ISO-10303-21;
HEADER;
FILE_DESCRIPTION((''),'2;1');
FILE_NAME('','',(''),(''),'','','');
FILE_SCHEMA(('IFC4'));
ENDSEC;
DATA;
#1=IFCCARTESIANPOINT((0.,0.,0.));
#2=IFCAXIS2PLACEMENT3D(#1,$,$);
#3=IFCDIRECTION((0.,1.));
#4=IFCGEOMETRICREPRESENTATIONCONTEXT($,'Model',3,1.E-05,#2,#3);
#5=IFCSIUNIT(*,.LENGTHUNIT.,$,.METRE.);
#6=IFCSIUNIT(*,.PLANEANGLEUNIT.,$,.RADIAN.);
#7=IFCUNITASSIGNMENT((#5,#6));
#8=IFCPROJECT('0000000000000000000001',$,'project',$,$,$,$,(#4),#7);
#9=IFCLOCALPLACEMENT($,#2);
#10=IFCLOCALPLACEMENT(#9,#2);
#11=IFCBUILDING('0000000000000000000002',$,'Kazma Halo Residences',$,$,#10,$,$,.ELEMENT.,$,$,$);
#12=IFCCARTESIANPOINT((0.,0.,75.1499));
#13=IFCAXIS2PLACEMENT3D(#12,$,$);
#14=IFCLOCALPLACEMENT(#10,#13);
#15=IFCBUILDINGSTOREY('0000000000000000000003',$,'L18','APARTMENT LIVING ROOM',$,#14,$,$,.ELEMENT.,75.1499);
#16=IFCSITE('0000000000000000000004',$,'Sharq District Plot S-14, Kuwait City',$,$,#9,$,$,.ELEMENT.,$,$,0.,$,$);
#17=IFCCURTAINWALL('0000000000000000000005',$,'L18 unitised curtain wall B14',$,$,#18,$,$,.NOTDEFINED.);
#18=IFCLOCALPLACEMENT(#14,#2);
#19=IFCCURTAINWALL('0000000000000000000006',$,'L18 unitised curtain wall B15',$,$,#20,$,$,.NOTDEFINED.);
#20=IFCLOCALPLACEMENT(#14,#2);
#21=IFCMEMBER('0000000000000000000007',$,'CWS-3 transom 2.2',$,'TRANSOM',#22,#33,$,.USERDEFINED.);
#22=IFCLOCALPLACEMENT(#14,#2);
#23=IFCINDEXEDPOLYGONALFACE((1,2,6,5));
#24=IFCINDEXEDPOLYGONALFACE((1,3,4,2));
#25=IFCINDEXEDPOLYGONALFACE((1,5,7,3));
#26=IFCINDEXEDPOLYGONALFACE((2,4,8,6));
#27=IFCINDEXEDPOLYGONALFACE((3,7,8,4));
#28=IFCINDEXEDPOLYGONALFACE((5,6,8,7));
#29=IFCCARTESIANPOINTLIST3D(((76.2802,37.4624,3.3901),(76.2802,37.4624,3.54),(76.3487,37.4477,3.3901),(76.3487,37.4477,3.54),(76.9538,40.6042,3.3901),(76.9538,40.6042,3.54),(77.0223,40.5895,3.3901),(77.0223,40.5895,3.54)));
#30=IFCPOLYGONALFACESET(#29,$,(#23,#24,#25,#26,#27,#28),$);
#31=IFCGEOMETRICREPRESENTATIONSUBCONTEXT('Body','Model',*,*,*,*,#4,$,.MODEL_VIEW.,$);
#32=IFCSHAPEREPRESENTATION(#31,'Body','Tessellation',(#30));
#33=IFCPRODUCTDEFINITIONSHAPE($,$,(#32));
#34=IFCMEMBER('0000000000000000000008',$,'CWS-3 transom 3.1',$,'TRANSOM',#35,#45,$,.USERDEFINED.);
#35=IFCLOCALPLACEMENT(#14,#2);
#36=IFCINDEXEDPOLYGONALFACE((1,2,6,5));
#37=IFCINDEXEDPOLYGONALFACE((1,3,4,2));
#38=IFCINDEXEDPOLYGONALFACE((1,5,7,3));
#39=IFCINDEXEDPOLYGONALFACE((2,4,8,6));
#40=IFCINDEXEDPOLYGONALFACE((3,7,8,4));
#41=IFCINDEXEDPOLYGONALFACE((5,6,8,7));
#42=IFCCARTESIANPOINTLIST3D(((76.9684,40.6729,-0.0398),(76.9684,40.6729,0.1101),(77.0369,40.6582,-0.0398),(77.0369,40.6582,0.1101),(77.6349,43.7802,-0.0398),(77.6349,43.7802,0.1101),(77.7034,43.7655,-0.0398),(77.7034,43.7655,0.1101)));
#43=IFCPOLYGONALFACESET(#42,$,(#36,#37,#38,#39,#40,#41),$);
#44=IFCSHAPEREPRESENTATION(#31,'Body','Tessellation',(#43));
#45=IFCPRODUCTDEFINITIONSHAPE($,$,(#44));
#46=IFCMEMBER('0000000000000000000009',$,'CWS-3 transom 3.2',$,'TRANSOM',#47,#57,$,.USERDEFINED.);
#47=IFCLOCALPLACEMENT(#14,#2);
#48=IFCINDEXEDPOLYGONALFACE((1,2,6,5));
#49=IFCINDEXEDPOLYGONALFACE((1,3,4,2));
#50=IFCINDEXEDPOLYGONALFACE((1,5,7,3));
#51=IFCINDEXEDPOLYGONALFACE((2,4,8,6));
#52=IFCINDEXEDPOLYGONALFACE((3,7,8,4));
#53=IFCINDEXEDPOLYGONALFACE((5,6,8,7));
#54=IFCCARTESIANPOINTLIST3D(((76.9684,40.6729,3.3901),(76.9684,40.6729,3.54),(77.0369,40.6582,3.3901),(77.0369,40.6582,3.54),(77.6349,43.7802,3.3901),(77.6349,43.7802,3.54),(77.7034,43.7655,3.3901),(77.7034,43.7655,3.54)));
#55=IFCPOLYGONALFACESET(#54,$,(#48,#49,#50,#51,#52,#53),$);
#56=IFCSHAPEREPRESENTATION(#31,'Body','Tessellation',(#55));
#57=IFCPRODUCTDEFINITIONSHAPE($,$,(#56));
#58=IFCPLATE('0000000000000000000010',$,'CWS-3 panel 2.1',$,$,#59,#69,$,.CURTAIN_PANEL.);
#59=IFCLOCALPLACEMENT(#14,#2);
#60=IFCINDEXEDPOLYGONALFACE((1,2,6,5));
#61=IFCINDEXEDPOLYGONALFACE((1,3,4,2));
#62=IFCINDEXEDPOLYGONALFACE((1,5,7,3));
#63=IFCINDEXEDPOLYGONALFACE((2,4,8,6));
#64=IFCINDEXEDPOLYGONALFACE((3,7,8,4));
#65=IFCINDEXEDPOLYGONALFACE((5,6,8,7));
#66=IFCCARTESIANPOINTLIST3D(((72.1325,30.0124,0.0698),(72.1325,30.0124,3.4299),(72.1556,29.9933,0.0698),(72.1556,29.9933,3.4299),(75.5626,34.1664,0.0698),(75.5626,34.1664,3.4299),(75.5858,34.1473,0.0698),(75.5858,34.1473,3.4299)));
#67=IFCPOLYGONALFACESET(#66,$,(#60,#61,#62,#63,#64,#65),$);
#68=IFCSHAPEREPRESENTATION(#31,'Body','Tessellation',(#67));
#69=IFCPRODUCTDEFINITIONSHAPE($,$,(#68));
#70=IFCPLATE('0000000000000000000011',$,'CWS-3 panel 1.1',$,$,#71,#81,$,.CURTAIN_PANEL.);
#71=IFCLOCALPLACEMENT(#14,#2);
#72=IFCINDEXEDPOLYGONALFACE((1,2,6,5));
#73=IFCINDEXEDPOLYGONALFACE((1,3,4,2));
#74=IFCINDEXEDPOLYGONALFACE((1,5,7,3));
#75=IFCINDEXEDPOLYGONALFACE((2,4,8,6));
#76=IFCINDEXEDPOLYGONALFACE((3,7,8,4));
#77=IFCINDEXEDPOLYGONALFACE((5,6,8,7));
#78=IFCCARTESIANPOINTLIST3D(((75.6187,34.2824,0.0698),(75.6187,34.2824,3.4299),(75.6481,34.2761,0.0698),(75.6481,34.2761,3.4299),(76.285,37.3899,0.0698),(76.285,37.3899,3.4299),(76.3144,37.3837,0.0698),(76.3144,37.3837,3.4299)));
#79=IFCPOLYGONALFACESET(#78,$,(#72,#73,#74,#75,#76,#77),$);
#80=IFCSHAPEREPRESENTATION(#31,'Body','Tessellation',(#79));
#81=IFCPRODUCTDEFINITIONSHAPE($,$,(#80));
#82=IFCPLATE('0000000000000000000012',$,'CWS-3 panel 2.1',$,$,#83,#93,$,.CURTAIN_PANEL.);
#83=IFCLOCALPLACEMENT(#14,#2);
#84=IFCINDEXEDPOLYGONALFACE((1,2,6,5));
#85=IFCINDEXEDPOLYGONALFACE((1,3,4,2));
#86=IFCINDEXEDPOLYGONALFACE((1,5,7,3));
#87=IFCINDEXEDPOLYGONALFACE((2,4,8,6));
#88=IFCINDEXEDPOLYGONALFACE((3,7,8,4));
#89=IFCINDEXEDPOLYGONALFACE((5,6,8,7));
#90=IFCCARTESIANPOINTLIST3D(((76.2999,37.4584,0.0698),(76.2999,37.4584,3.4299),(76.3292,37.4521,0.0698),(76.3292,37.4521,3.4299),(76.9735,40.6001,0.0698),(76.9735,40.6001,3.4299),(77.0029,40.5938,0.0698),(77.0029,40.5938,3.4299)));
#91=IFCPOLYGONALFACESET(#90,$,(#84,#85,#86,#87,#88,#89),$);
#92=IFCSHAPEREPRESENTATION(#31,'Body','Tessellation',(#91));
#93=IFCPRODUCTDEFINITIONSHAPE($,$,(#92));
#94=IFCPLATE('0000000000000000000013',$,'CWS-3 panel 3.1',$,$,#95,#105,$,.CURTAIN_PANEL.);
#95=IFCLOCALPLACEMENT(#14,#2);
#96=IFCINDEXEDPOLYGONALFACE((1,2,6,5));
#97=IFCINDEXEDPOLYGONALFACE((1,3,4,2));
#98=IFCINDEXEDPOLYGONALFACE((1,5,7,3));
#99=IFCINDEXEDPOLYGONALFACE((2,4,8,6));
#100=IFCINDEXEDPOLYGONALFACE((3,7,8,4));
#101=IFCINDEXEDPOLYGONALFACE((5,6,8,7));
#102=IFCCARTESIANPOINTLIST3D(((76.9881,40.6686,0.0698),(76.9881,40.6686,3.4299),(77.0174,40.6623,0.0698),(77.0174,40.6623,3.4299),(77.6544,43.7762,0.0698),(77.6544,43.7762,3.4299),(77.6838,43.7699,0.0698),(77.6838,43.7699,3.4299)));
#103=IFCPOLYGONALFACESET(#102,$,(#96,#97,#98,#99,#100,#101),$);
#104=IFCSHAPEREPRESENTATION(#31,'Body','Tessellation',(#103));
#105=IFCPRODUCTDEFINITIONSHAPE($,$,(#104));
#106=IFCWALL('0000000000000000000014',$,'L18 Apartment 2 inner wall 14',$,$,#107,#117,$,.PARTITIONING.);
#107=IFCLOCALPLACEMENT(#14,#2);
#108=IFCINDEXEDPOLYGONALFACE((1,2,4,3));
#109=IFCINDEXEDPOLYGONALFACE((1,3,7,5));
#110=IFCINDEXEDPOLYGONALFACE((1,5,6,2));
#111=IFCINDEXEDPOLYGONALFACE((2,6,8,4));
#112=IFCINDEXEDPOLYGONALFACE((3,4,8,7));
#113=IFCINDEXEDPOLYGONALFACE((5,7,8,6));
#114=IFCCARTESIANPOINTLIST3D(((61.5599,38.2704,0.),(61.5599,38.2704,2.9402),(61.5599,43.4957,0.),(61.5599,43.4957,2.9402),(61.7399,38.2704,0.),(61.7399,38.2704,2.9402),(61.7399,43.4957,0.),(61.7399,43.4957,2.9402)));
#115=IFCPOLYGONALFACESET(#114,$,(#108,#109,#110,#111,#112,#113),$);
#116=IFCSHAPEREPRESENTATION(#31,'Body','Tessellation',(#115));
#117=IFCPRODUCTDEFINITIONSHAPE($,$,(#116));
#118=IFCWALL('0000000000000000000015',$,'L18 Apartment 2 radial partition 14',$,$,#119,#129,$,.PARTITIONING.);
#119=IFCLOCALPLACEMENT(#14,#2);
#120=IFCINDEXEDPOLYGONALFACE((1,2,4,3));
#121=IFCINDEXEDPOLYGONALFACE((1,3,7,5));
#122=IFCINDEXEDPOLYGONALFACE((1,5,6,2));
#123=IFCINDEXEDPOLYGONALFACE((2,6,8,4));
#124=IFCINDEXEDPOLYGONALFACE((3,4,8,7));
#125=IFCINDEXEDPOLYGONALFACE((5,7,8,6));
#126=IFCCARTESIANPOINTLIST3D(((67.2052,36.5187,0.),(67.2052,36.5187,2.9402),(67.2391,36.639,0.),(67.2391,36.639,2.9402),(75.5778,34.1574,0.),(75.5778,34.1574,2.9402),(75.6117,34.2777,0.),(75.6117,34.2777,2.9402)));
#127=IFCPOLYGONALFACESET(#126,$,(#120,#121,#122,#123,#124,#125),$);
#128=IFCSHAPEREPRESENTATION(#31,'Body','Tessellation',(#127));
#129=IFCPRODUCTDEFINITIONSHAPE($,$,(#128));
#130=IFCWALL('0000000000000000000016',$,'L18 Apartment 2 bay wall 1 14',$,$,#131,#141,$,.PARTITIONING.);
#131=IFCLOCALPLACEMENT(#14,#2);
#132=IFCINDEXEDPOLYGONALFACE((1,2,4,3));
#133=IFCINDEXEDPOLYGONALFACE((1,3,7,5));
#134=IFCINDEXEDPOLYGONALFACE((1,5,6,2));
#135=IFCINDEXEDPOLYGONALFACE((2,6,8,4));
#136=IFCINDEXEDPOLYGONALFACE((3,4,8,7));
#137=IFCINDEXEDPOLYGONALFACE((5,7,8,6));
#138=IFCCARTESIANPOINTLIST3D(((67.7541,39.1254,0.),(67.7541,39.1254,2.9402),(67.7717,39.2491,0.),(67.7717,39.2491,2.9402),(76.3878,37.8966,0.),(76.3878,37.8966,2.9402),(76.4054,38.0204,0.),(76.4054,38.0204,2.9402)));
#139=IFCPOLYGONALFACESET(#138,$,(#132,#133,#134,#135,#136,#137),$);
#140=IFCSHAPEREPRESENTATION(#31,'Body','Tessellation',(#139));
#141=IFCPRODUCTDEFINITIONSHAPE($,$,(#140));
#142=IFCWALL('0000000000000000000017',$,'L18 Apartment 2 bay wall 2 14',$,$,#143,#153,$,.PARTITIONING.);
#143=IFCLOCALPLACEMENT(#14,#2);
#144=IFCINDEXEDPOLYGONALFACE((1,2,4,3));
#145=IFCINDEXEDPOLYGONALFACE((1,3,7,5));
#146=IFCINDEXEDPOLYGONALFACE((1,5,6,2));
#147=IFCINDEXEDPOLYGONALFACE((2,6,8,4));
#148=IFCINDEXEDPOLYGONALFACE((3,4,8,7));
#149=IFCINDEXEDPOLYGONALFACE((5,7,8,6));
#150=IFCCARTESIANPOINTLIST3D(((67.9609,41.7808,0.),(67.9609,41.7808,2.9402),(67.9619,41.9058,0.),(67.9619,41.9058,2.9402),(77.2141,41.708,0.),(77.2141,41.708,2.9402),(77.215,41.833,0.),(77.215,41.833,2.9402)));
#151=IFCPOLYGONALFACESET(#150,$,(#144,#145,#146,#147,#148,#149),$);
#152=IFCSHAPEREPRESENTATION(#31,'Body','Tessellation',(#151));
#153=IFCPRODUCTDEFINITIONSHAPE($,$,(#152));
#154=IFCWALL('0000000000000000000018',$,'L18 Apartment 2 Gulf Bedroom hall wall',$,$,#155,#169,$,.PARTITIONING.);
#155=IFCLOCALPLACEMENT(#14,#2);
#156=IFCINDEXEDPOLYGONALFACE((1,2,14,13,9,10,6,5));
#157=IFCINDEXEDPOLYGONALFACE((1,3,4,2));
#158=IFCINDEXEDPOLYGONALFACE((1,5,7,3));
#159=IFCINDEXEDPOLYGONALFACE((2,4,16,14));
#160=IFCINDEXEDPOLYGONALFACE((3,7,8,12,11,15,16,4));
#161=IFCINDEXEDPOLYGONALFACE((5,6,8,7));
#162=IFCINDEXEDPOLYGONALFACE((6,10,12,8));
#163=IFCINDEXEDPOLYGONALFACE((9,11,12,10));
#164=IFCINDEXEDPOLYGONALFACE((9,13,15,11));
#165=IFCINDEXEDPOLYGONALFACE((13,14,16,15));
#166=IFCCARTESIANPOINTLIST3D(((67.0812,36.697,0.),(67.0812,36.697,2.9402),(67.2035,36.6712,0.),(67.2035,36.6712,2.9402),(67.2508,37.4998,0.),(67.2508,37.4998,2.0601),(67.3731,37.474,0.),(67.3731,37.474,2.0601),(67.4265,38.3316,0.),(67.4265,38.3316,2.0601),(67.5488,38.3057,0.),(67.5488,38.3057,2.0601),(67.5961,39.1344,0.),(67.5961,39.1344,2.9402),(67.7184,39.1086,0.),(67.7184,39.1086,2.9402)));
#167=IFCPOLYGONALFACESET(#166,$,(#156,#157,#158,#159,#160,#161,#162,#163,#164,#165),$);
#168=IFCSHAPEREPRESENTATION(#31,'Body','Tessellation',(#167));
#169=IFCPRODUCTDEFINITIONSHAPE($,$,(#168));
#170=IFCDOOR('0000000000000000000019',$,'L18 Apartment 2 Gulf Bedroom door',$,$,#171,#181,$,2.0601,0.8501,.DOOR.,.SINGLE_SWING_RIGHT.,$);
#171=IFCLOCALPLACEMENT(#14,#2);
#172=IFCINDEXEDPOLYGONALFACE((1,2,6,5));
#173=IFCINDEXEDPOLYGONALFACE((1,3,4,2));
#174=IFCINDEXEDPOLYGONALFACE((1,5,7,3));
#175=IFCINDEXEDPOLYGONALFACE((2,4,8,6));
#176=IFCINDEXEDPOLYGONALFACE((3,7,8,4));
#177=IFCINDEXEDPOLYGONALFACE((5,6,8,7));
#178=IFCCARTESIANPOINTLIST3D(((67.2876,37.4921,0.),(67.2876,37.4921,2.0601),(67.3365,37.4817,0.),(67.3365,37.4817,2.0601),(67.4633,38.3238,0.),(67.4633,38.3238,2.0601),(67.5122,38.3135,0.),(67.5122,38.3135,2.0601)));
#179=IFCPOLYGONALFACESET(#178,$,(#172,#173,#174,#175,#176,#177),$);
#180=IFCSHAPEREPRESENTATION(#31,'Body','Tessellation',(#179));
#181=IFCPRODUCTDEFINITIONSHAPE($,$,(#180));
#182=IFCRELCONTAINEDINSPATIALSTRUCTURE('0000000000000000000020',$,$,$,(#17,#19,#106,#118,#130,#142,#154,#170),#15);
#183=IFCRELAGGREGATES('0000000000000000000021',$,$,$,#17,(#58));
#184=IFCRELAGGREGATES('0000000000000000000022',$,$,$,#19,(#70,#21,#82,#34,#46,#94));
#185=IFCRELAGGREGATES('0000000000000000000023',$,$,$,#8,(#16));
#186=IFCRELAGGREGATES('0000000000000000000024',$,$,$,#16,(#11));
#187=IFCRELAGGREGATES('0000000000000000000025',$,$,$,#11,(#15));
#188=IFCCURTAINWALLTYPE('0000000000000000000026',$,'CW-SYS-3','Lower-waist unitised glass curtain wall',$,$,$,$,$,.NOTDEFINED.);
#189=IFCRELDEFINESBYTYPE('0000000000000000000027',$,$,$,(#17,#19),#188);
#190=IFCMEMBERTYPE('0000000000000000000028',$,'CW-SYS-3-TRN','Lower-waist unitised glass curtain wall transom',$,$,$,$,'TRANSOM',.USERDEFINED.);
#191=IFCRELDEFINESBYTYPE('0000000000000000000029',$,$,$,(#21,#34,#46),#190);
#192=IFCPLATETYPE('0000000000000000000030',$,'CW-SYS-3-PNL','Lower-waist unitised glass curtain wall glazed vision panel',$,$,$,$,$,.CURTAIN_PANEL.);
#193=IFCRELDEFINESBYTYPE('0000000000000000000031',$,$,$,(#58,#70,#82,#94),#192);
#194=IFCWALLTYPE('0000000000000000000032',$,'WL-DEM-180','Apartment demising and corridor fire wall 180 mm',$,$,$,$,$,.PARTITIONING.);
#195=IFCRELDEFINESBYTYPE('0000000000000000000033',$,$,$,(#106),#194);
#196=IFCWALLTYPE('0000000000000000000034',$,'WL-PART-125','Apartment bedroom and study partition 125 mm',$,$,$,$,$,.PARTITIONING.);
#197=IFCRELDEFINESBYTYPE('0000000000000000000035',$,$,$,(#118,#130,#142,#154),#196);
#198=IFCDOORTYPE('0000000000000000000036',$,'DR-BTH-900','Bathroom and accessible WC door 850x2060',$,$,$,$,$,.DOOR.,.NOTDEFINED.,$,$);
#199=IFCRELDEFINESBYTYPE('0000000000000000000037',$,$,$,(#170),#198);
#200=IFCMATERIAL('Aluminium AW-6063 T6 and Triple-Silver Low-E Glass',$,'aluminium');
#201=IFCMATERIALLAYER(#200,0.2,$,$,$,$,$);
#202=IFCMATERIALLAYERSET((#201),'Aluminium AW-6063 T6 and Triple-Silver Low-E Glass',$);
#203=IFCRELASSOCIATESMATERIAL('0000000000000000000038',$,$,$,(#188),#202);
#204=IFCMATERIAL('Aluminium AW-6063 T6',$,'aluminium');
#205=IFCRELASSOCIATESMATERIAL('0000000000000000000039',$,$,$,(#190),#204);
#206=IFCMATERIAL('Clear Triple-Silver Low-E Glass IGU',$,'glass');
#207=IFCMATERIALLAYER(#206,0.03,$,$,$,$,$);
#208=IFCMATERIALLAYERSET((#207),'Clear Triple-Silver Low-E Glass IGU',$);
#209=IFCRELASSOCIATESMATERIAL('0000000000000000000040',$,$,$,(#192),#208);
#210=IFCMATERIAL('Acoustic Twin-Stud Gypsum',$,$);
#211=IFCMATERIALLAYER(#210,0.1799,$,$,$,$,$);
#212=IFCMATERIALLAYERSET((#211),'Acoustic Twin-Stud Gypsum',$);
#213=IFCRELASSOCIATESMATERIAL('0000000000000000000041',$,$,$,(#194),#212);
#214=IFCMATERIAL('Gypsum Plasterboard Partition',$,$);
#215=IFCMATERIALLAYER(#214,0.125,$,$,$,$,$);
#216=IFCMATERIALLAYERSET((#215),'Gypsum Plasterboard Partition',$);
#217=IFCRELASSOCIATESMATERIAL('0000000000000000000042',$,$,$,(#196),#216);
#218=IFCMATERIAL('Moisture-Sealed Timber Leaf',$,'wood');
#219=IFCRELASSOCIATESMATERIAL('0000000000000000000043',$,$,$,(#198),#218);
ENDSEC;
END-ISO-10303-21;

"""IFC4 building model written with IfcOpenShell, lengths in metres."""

from ifc_helpers import new_model, si_unit, direction, frame, frame_2d, origin, origin_2d, place, context, subcontext, project, spatial, rectangle, extrude, material, layer, layer_set, material_profile, profile_set, type_object, element, fill, aggregate, save


model = new_model("IFC4")

# Units and contexts
model_context = context("Model", 3, precision=1e-05, world=origin(), true_north=direction((0.0, 1.0)))
body_context = subcontext(model_context, "Body", "Model", "MODEL_VIEW")
ifc_project = project(units=[si_unit("LENGTHUNIT", "METRE"), si_unit("PLANEANGLEUNIT", "RADIAN")], contexts=[model_context])

# Site, building, storey
site_placement = place(None, origin())
site = spatial("IfcSite", under=ifc_project, at=site_placement, Name="Sharq District Plot S-14, Kuwait City", CompositionType="ELEMENT", RefElevation=0.0)
building_placement = place(site_placement, origin())
building = spatial("IfcBuilding", under=site, at=building_placement, Name="Kazma Halo Residences", CompositionType="ELEMENT")
storey_placement = place(building_placement, frame((0.0, 0.0, 75.1499)))
storey = spatial("IfcBuildingStorey", under=building, at=storey_placement, Name="L18", Description="APARTMENT LIVING ROOM", CompositionType="ELEMENT", Elevation=75.1499)

# Curtain wall
ifc_material_1 = material(Name="Aluminium AW-6063 T6 and Triple-Silver Low-E Glass", Category="aluminium")
ifc_layer_1 = layer(ifc_material_1, 0.2)
ifc_layer_set_1 = layer_set([ifc_layer_1], Name="Aluminium AW-6063 T6 and Triple-Silver Low-E Glass")
curtain_wall_type = type_object("IfcCurtainWallType", Name="CW-SYS-3", Description="Lower-waist unitised glass curtain wall", PredefinedType="NOTDEFINED", material=ifc_layer_set_1)
curtain_wall_1_placement = place(storey_placement, origin())
curtain_wall_1 = element("IfcCurtainWall", 1, at=curtain_wall_1_placement, inside=storey, type_object=curtain_wall_type, Name="L18 unitised curtain wall B14", PredefinedType="NOTDEFINED")
ifc_material_2 = material(Name="Aluminium AW-6063 T6", Category="aluminium")

# Curtain wall, members
curtain_wall_2_placement = place(storey_placement, origin())
curtain_wall_2 = element("IfcCurtainWall", 2, at=curtain_wall_2_placement, inside=storey, type_object=curtain_wall_type, Name="L18 unitised curtain wall B15", PredefinedType="NOTDEFINED")
ifc_material_profile_1 = material_profile(ifc_material_2, rectangle(XDim=0.0701, YDim=0.1499, at=origin_2d()), Name="CWT-70x150")
ifc_profile_set_1 = profile_set([ifc_material_profile_1], Name="Aluminium AW-6063 T6")
member_type_1 = type_object("IfcMemberType", Name="CW-SYS-3-TRN", Description="Lower-waist unitised glass curtain wall transom", ElementType="TRANSOM", PredefinedType="USERDEFINED", material=ifc_profile_set_1)
member_1_placement = place(storey_placement, frame((76.3145, 37.4551, 3.4651), z_axis=(0.209628, 0.977781, 0.0), x_axis=(-0.977781, 0.209628, 0.0)))
member_1 = element("IfcMember", 3, at=member_1_placement, type_object=member_type_1, Name="CWS-3 transom 2.2", ObjectType="TRANSOM", PredefinedType="USERDEFINED", context=body_context, shape_type="SweptSolid", body=[
    extrude(rectangle(XDim=0.0701, YDim=0.1499, at=origin_2d()), origin(), (0.0, 0.0, 1.0), 3.2131),
])
member_2_placement = place(storey_placement, frame((77.0027, 40.6655, 0.0352), z_axis=(0.209718, 0.977762, 0.0), x_axis=(-0.977762, 0.209718, 0.0)))
member_2 = element("IfcMember", 4, at=member_2_placement, type_object=member_type_1, Name="CWS-3 transom 3.1", ObjectType="TRANSOM", PredefinedType="USERDEFINED", context=body_context, shape_type="SweptSolid", body=[
    extrude(rectangle(XDim=0.0701, YDim=0.1499, at=origin_2d()), origin(), (0.0, 0.0, 1.0), 3.178),
])
member_3_placement = place(storey_placement, frame((77.0027, 40.6655, 3.4651), z_axis=(0.209718, 0.977762, 0.0), x_axis=(-0.977762, 0.209718, 0.0)))
member_3 = element("IfcMember", 5, at=member_3_placement, type_object=member_type_1, Name="CWS-3 transom 3.2", ObjectType="TRANSOM", PredefinedType="USERDEFINED", context=body_context, shape_type="SweptSolid", body=[
    extrude(rectangle(XDim=0.0701, YDim=0.1499, at=origin_2d()), origin(), (0.0, 0.0, 1.0), 3.178),
])

# Plates
ifc_material_3 = material(Name="Clear Triple-Silver Low-E Glass IGU", Category="glass")
ifc_layer_2 = layer(ifc_material_3, 0.03)
ifc_layer_set_2 = layer_set([ifc_layer_2], Name="Clear Triple-Silver Low-E Glass IGU")
plate_type = type_object("IfcPlateType", Name="CW-SYS-3-PNL", Description="Lower-waist unitised glass curtain wall glazed vision panel", PredefinedType="CURTAIN_PANEL", material=ifc_layer_set_2)
plate_1_placement = place(storey_placement, frame((73.8591, 32.0798, 0.0698), z_axis=(0.0, 0.0, 1.0), x_axis=(0.636721, 0.771095, 0.0)))
plate_1 = element("IfcPlate", 6, at=plate_1_placement, type_object=plate_type, Name="CWS-3 panel 2.1", PredefinedType="CURTAIN_PANEL", context=body_context, shape_type="SweptSolid", body=[
    extrude(rectangle(XDim=5.3872, YDim=0.03, at=origin_2d()), origin(), (0.0, 0.0, 1.0), 3.3601),
])
aggregate(curtain_wall_1, [plate_1])
plate_2_placement = place(storey_placement, frame((75.9666, 35.833, 0.0698), z_axis=(0.0, 0.0, 1.0), x_axis=(0.209661, 0.977774, 0.0)))
plate_2 = element("IfcPlate", 7, at=plate_2_placement, type_object=plate_type, Name="CWS-3 panel 1.1", PredefinedType="CURTAIN_PANEL", context=body_context, shape_type="SweptSolid", body=[
    extrude(rectangle(XDim=3.1782, YDim=0.03, at=origin_2d()), origin(), (0.0, 0.0, 1.0), 3.3601),
])
plate_3_placement = place(storey_placement, frame((76.6514, 39.0261, 0.0698), z_axis=(0.0, 0.0, 1.0), x_axis=(0.209661, 0.977774, 0.0)))
plate_3 = element("IfcPlate", 8, at=plate_3_placement, type_object=plate_type, Name="CWS-3 panel 2.1", PredefinedType="CURTAIN_PANEL", context=body_context, shape_type="SweptSolid", body=[
    extrude(rectangle(XDim=3.2131, YDim=0.03, at=origin_2d()), origin(), (0.0, 0.0, 1.0), 3.3601),
])
plate_4_placement = place(storey_placement, frame((77.3359, 42.2192, 0.0698), z_axis=(0.0, 0.0, 1.0), x_axis=(0.209661, 0.977774, 0.0)))
plate_4 = element("IfcPlate", 9, at=plate_4_placement, type_object=plate_type, Name="CWS-3 panel 3.1", PredefinedType="CURTAIN_PANEL", context=body_context, shape_type="SweptSolid", body=[
    extrude(rectangle(XDim=3.1782, YDim=0.03, at=origin_2d()), origin(), (0.0, 0.0, 1.0), 3.3601),
])
aggregate(curtain_wall_2, [plate_2, member_1, plate_3, member_2, member_3, plate_4])

# Walls
ifc_material_4 = material(Name="Acoustic Twin-Stud Gypsum")
ifc_layer_3 = layer(ifc_material_4, 0.1799)
ifc_layer_set_3 = layer_set([ifc_layer_3], Name="Acoustic Twin-Stud Gypsum")
wall_type_1 = type_object("IfcWallType", Name="WL-DEM-180", Description="Apartment demising and corridor fire wall 180 mm", PredefinedType="PARTITIONING", material=ifc_layer_set_3)
wall_1_placement = place(storey_placement, frame((61.6499, 38.2703, 0.0), z_axis=(0.0, 0.0, 1.0), x_axis=(0.0, 1.0, 0.0)))
element("IfcWall", 10, at=wall_1_placement, inside=storey, type_object=wall_type_1, Name="L18 Apartment 2 inner wall 14", PredefinedType="PARTITIONING", context=body_context, shape_type="SweptSolid", body=[
    extrude(rectangle(XDim=5.2253, YDim=0.1799, at=frame_2d((2.6128, 0.0))), origin(), (0.0, 0.0, 1.0), 2.9402),
])
ifc_material_5 = material(Name="Gypsum Plasterboard Partition")
ifc_layer_4 = layer(ifc_material_5, 0.125)
ifc_layer_set_4 = layer_set([ifc_layer_4], Name="Gypsum Plasterboard Partition")
wall_type_2 = type_object("IfcWallType", Name="WL-PART-125", Description="Apartment bedroom and study partition 125 mm", PredefinedType="PARTITIONING", material=ifc_layer_set_4)
wall_2_placement = place(storey_placement, frame((67.2222, 36.5789, 0.0), z_axis=(0.0, 0.0, 1.0), x_axis=(0.962455, -0.271443, 0.0)))
element("IfcWall", 11, at=wall_2_placement, inside=storey, type_object=wall_type_2, Name="L18 Apartment 2 radial partition 14", PredefinedType="PARTITIONING", context=body_context, shape_type="SweptSolid", body=[
    extrude(rectangle(XDim=8.6992, YDim=0.125, at=frame_2d((4.3496, 0.0))), origin(), (0.0, 0.0, 1.0), 2.9402),
])
wall_3_placement = place(storey_placement, frame((67.7629, 39.1873, 0.0), z_axis=(0.0, 0.0, 1.0), x_axis=(0.990024, -0.1409, 0.0)))
element("IfcWall", 12, at=wall_3_placement, inside=storey, type_object=wall_type_2, Name="L18 Apartment 2 bay wall 1 14", PredefinedType="PARTITIONING", context=body_context, shape_type="SweptSolid", body=[
    extrude(rectangle(XDim=8.7207, YDim=0.125, at=frame_2d((4.3604, 0.0))), origin(), (0.0, 0.0, 1.0), 2.9402),
])
wall_4_placement = place(storey_placement, frame((67.9614, 41.8433, 0.0), z_axis=(0.0, 0.0, 1.0), x_axis=(0.999969, -0.007862, 0.0)))
element("IfcWall", 13, at=wall_4_placement, inside=storey, type_object=wall_type_2, Name="L18 Apartment 2 bay wall 2 14", PredefinedType="PARTITIONING", context=body_context, shape_type="SweptSolid", body=[
    extrude(rectangle(XDim=9.2534, YDim=0.125, at=frame_2d((4.6267, 0.0))), origin(), (0.0, 0.0, 1.0), 2.9402),
])

# Wall, opening, door
wall_5_placement = place(storey_placement, frame((67.1423, 36.6841, 0.0), z_axis=(0.0, 0.0, 1.0), x_axis=(0.206677, 0.978409, 0.0)))
wall_5 = element("IfcWall", 14, at=wall_5_placement, inside=storey, type_object=wall_type_2, Name="L18 Apartment 2 Gulf Bedroom hall wall", PredefinedType="PARTITIONING", context=body_context, shape_type="SweptSolid", body=[
    extrude(rectangle(XDim=2.4912, YDim=0.125, at=frame_2d((1.2456, 0.0))), origin(), (0.0, 0.0, 1.0), 2.9402),
])
opening_1_placement = place(wall_5_placement, frame((0.8206, 0.0, 0.0)))
opening_1 = element("IfcOpeningElement", 15, at=opening_1_placement, cuts=wall_5, PredefinedType="OPENING", context=body_context, shape_type="SweptSolid", body=[
    extrude(rectangle(XDim=0.8501, YDim=2.0601, at=frame_2d((0.425, 1.03))), frame((0.0, 0.0725, 0.0), z_axis=(0.0, -1.0, 0.0), x_axis=(1.0, 0.0, 0.0)), (0.0, 0.0, 1.0), 0.145),
])
ifc_material_6 = material(Name="Moisture-Sealed Timber Leaf", Category="wood")
door_type = type_object("IfcDoorType", Name="DR-BTH-900", Description="Bathroom and accessible WC door 850x2060", OperationType="NOTDEFINED", PredefinedType="DOOR", material=ifc_material_6)
door_1_placement = place(opening_1_placement, origin())
door_1 = element("IfcDoor", 16, at=door_1_placement, inside=storey, type_object=door_type, Name="L18 Apartment 2 Gulf Bedroom door", OperationType="SINGLE_SWING_RIGHT", OverallHeight=2.0601, OverallWidth=0.8501, PredefinedType="DOOR", context=body_context, shape_type="SweptSolid", body=[
    extrude(rectangle(XDim=0.8501, YDim=2.0601, at=frame_2d((0.425, 1.03))), frame((0.0, 0.0249, 0.0), z_axis=(0.0, -1.0, 0.0), x_axis=(1.0, 0.0, 0.0)), (0.0, 0.0, 1.0), 0.05),
])
fill(opening_1, door_1)

save(model, "model.ifc")
